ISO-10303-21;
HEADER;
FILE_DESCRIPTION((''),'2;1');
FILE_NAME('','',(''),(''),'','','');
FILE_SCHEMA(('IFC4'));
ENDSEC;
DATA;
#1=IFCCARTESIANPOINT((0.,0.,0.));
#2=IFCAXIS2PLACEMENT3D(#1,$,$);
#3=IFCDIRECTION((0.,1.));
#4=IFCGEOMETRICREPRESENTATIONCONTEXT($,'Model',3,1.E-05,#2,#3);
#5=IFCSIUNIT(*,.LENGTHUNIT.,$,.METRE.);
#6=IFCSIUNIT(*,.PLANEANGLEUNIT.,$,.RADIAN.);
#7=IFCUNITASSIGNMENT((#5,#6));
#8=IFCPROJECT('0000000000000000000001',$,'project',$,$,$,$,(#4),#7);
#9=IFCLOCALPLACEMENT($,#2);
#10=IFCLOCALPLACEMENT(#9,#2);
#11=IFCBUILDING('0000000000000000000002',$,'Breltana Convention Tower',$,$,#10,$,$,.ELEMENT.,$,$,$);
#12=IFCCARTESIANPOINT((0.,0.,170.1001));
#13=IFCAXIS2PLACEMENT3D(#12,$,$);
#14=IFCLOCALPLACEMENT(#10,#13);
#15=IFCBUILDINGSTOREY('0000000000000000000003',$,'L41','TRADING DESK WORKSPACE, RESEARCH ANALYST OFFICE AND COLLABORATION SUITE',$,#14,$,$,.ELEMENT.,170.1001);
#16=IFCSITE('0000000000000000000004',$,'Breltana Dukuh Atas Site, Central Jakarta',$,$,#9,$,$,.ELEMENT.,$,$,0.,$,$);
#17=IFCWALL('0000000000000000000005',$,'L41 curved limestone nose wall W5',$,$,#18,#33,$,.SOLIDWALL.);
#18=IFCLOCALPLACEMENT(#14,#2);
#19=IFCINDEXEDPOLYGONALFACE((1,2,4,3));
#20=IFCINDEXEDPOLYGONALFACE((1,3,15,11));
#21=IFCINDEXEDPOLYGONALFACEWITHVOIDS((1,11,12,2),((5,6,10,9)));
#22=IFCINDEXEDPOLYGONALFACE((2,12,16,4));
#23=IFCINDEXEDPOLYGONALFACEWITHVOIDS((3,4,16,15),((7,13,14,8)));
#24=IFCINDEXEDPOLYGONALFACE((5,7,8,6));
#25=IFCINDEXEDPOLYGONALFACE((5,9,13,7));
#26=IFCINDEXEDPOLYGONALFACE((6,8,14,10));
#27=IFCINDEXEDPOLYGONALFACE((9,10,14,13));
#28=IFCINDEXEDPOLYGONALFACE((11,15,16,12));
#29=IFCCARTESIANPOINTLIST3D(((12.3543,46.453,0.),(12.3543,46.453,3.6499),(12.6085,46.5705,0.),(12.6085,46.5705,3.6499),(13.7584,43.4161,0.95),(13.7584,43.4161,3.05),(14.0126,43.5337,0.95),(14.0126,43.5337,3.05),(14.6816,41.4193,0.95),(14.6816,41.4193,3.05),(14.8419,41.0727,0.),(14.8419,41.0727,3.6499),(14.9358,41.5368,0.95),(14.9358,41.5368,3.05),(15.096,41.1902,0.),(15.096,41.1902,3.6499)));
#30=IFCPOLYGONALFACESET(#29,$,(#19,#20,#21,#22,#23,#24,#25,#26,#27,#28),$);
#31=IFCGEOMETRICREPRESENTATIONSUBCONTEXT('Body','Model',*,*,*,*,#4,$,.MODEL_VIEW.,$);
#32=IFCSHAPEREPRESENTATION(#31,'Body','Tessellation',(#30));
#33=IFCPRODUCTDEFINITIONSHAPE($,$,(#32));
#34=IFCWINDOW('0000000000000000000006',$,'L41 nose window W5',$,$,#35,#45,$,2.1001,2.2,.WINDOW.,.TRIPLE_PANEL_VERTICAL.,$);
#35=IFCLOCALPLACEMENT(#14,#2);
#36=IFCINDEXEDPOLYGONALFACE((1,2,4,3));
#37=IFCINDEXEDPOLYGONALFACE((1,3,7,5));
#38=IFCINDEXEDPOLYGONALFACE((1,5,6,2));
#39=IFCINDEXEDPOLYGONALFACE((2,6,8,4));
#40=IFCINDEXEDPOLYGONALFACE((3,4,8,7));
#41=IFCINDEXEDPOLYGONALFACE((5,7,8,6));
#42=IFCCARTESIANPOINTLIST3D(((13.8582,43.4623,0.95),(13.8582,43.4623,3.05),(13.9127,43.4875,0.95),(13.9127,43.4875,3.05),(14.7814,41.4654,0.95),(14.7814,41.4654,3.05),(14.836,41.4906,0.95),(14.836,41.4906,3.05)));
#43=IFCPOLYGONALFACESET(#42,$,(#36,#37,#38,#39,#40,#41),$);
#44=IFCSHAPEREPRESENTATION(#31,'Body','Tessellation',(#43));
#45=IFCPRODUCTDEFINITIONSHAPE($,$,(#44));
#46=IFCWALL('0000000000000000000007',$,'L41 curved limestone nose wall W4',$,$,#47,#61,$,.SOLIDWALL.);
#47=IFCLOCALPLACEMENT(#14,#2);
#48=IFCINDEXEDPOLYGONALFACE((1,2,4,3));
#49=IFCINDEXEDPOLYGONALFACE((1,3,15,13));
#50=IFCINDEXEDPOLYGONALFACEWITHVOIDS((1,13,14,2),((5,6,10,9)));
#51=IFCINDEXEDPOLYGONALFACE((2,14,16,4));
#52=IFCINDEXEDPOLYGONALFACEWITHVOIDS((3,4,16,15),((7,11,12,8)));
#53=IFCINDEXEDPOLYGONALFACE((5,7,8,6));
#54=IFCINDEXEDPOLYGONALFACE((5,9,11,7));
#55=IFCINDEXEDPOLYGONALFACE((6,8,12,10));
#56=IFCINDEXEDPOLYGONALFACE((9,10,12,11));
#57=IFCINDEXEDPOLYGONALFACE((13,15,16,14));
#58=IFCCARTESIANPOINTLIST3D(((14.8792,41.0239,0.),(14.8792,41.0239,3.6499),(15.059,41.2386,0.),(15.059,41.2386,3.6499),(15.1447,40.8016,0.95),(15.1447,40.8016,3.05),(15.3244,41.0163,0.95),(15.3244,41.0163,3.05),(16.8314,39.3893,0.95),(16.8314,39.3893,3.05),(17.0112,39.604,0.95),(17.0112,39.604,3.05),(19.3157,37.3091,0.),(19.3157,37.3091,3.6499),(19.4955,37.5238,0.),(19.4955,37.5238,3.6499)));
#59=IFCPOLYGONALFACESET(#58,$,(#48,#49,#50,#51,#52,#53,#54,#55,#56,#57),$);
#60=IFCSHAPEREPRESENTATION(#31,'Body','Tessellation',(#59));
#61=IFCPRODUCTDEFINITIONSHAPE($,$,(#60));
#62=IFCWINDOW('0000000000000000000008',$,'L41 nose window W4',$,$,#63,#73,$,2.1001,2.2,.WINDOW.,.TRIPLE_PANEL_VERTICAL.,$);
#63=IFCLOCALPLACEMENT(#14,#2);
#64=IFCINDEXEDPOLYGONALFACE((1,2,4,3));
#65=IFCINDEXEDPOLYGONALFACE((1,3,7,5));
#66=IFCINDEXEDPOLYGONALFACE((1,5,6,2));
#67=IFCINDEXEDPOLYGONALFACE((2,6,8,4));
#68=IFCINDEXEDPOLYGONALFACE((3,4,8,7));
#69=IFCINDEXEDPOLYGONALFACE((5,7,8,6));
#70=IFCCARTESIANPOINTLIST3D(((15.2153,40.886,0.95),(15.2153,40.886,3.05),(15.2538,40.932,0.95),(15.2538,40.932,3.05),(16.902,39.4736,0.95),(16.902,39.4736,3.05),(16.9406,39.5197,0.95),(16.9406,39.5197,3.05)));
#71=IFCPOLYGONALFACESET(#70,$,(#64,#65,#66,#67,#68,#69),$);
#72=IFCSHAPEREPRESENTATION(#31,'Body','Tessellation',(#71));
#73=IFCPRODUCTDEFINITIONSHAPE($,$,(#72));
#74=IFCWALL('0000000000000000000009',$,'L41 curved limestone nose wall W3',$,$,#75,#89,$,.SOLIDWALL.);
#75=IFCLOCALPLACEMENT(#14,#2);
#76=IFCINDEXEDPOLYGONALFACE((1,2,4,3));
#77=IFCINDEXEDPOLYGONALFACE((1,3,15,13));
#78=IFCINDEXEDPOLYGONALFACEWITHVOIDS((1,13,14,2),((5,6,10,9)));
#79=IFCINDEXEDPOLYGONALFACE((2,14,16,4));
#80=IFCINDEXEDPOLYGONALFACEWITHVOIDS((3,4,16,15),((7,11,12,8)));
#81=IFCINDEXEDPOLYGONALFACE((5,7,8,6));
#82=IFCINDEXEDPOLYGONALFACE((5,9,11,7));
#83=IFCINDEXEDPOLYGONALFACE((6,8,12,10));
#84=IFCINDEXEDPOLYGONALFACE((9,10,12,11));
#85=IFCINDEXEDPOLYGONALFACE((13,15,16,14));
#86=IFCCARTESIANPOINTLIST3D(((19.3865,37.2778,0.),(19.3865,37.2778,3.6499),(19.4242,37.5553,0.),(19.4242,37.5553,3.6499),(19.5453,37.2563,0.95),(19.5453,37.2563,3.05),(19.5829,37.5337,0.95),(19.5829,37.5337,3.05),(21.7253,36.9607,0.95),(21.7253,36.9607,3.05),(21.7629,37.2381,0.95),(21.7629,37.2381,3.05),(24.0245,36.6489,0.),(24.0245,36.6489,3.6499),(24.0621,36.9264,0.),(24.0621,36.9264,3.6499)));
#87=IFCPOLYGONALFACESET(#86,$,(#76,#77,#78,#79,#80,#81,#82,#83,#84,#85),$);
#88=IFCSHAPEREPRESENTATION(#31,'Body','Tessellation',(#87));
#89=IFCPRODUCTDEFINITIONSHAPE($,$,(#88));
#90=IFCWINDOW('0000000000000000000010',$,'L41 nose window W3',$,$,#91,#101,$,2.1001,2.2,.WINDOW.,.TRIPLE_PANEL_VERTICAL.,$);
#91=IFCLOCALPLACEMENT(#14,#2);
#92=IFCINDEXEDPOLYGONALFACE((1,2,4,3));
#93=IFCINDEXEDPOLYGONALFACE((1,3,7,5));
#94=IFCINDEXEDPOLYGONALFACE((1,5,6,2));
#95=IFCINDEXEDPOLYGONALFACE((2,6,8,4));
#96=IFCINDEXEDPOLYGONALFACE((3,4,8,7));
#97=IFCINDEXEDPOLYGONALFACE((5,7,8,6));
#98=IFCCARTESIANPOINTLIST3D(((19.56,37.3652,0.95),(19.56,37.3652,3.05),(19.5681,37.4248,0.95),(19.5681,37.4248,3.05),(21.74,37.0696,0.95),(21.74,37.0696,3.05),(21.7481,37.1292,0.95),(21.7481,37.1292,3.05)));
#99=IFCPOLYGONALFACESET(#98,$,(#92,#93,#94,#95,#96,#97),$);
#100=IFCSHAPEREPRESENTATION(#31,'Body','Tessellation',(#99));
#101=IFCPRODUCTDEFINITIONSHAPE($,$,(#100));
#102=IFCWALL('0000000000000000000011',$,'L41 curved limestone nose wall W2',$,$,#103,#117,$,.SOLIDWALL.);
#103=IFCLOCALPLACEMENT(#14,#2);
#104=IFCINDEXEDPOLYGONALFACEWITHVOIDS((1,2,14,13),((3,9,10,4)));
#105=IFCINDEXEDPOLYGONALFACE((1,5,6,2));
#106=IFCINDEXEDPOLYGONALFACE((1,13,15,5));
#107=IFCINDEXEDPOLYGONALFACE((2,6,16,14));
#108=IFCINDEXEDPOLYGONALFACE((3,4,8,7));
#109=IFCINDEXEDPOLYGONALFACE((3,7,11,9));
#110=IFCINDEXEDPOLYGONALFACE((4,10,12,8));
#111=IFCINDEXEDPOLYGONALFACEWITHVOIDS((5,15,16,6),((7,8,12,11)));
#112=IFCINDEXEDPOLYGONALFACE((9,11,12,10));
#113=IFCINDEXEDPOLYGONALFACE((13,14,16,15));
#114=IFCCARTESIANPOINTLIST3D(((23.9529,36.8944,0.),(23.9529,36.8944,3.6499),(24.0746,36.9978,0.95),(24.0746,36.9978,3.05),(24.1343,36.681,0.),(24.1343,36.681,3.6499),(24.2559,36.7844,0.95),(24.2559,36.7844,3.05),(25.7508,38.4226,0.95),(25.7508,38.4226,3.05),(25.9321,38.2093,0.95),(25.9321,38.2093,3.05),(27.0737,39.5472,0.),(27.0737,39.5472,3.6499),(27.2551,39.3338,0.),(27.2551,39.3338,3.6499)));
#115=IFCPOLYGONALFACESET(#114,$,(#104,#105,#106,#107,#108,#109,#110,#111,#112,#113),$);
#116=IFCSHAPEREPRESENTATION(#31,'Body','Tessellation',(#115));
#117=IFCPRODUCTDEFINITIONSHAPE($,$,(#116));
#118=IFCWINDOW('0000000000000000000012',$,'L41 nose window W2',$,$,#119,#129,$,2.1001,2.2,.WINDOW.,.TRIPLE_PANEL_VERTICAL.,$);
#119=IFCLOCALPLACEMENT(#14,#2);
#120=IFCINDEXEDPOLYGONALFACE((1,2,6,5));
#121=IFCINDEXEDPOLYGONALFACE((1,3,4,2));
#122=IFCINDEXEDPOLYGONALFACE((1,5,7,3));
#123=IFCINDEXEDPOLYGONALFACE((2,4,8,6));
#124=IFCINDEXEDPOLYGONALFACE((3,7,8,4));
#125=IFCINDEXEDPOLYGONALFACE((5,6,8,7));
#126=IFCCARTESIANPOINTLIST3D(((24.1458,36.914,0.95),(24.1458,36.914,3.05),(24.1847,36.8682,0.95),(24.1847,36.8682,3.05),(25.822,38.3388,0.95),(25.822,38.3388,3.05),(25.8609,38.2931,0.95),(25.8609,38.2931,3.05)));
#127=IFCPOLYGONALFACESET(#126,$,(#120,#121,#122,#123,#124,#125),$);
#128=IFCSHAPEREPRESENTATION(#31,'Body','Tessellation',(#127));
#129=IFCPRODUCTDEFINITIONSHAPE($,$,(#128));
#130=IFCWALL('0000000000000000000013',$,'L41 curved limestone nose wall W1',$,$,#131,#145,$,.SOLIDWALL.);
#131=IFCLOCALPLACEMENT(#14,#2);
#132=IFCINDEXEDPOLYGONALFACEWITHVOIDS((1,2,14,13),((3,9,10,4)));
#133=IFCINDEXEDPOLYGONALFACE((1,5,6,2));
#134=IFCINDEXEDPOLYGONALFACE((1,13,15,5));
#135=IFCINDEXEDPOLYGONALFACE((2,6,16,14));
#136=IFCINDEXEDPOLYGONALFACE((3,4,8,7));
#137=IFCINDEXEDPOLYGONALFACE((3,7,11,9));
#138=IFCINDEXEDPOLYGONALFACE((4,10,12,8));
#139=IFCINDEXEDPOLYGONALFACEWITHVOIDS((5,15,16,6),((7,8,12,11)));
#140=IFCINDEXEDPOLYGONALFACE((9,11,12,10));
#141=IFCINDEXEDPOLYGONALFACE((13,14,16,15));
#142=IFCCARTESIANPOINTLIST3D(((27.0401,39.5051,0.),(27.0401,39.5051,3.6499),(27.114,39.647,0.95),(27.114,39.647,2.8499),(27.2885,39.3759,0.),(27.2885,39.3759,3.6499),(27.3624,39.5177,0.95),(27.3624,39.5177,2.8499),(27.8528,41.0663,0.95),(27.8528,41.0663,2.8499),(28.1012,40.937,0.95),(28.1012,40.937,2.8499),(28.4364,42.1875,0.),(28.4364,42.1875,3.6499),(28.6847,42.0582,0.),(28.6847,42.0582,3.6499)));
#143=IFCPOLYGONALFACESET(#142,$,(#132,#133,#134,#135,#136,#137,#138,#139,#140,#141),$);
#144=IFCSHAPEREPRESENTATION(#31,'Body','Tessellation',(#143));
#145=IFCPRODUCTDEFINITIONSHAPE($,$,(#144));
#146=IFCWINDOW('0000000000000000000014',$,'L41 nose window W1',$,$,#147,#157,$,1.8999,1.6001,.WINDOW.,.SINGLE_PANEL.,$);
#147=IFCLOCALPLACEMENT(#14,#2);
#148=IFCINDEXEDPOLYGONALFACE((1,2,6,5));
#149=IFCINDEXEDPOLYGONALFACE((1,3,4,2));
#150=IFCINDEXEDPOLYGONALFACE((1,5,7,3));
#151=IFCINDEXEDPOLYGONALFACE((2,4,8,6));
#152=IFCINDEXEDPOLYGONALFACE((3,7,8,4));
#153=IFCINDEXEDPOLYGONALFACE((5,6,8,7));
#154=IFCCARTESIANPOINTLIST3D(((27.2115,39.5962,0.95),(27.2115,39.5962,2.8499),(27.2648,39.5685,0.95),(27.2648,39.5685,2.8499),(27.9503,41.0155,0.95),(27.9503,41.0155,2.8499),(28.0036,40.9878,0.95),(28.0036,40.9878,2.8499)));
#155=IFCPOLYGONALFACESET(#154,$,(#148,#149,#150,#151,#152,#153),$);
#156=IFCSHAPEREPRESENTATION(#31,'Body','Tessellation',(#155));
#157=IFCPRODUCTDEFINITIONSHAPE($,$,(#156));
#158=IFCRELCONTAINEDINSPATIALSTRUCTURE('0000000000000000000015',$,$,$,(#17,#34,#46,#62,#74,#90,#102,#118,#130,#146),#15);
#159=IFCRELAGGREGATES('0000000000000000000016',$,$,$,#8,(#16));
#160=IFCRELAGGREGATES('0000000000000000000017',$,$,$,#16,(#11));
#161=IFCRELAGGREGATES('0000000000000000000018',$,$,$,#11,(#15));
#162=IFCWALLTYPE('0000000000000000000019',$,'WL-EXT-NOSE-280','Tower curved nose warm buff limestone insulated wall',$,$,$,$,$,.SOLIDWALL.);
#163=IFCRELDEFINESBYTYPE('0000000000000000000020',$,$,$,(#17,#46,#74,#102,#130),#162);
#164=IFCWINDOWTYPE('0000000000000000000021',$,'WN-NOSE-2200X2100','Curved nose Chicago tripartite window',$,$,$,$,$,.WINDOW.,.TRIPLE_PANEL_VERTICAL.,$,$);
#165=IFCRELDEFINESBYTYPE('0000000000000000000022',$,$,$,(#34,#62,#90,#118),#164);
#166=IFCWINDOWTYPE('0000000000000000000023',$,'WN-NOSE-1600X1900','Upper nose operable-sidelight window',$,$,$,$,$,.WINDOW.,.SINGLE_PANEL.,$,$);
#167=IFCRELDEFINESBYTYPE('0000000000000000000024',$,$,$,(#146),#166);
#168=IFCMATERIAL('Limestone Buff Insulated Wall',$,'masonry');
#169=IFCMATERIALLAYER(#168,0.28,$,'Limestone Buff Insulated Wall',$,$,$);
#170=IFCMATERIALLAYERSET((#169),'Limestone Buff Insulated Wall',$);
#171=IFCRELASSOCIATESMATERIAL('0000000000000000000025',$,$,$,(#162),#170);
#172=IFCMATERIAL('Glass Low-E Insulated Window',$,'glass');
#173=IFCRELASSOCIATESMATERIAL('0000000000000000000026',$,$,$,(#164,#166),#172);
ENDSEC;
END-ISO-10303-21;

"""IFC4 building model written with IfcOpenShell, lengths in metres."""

from ifc_helpers import new_model, si_unit, direction, frame, frame_2d, origin, place, context, subcontext, project, spatial, rectangle, extrude, source, transform, mapped, material, layer, layer_set, type_object, type_shapes, element, fill, save


model = new_model("IFC4")

# Units and contexts
model_context = context("Model", 3, precision=1e-05, world=origin(), true_north=direction((0.0, 1.0)))
body_context = subcontext(model_context, "Body", "Model", "MODEL_VIEW")
ifc_project = project(units=[si_unit("LENGTHUNIT", "METRE"), si_unit("PLANEANGLEUNIT", "RADIAN")], contexts=[model_context])

# Site, building, storey
site_placement = place(None, origin())
site = spatial("IfcSite", under=ifc_project, at=site_placement, Name="Breltana Dukuh Atas Site, Central Jakarta", CompositionType="ELEMENT", RefElevation=0.0)
building_placement = place(site_placement, origin())
building = spatial("IfcBuilding", under=site, at=building_placement, Name="Breltana Convention Tower", CompositionType="ELEMENT")
storey_placement = place(building_placement, frame((0.0, 0.0, 170.1001)))
storey = spatial("IfcBuildingStorey", under=building, at=storey_placement, Name="L41", Description="TRADING DESK WORKSPACE, RESEARCH ANALYST OFFICE AND COLLABORATION SUITE", CompositionType="ELEMENT", Elevation=170.1001)

# Walls, openings, windows
ifc_material_1 = material(Name="Limestone Buff Insulated Wall", Category="masonry")
ifc_layer_1 = layer(ifc_material_1, 0.28, Name="Limestone Buff Insulated Wall")
ifc_layer_set_1 = layer_set([ifc_layer_1], Name="Limestone Buff Insulated Wall")
wall_type_1 = type_object("IfcWallType", Name="WL-EXT-NOSE-280", Description="Tower curved nose warm buff limestone insulated wall", PredefinedType="SOLIDWALL", material=ifc_layer_set_1)
shared_shape_1 = source(origin(), body_context, "Body", "SweptSolid", [
    extrude(rectangle(XDim=5.9275, YDim=0.28, at=frame_2d((2.9639, 0.0))), origin(), (0.0, 0.0, 1.0), 3.6499),
])
wall_1_placement = place(storey_placement, frame((14.969, 41.1313, 0.0), z_axis=(0.0, 0.0, 1.0), x_axis=(-0.419656, 0.907683, 0.0)))
wall_1 = element("IfcWall", 1, at=wall_1_placement, inside=storey, type_object=wall_type_1, Name="L41 curved limestone nose wall W5", PredefinedType="SOLIDWALL", context=body_context, shape_type="MappedRepresentation", body=[
    mapped(shared_shape_1, transform((0.0, 0.0, 0.0), scale=1.0)),
])
opening_1_placement = place(wall_1_placement, frame((0.3818, 0.0, 0.95)))
opening_1 = element("IfcOpeningElement", 2, at=opening_1_placement, cuts=wall_1, PredefinedType="OPENING", context=body_context, shape_type="SweptSolid", body=[
    extrude(rectangle(XDim=2.2, YDim=2.1001, at=frame_2d((1.1001, 1.05))), frame((0.0, 0.1499, 0.0), z_axis=(0.0, -1.0, 0.0), x_axis=(1.0, 0.0, 0.0)), (0.0, 0.0, 1.0), 0.3),
])
ifc_material_2 = material(Name="Glass Low-E Insulated Window", Category="glass")
window_type_1 = type_object("IfcWindowType", Name="WN-NOSE-2200X2100", Description="Curved nose Chicago tripartite window", PartitioningType="TRIPLE_PANEL_VERTICAL", PredefinedType="WINDOW", material=ifc_material_2)
shared_shape_2 = source(origin(), body_context, "Body", "SweptSolid", [
    extrude(rectangle(XDim=2.2, YDim=2.1001, at=frame_2d((1.1001, 1.05))), frame((0.0, 0.03, 0.0), z_axis=(0.0, -1.0, 0.0), x_axis=(1.0, 0.0, 0.0)), (0.0, 0.0, 1.0), 0.0601),
])
type_shapes(window_type_1, [shared_shape_2])
window_1_placement = place(opening_1_placement, origin())
window_1 = element("IfcWindow", 3, at=window_1_placement, inside=storey, type_object=window_type_1, Name="L41 nose window W5", OverallHeight=2.1001, OverallWidth=2.2, PartitioningType="TRIPLE_PANEL_VERTICAL", PredefinedType="WINDOW", context=body_context, shape_type="MappedRepresentation", body=[
    mapped(shared_shape_2, transform((0.0, 0.0, 0.0), scale=1.0)),
])
fill(opening_1, window_1)
shared_shape_3 = source(origin(), body_context, "Body", "SweptSolid", [
    extrude(rectangle(XDim=5.7864, YDim=0.28, at=frame_2d((2.8931, 0.0))), origin(), (0.0, 0.0, 1.0), 3.6499),
])
wall_2_placement = place(storey_placement, frame((19.4055, 37.4165, 0.0), z_axis=(0.0, 0.0, 1.0), x_axis=(-0.766711, 0.641992, 0.0)))
wall_2 = element("IfcWall", 4, at=wall_2_placement, inside=storey, type_object=wall_type_1, Name="L41 curved limestone nose wall W4", PredefinedType="SOLIDWALL", context=body_context, shape_type="MappedRepresentation", body=[
    mapped(shared_shape_3, transform((0.0, 0.0, 0.0), scale=1.0)),
])
opening_2_placement = place(wall_2_placement, frame((3.24, 0.0, 0.95)))
opening_2 = element("IfcOpeningElement", 5, at=opening_2_placement, cuts=wall_2, PredefinedType="OPENING", context=body_context, shape_type="SweptSolid", body=[
    extrude(rectangle(XDim=2.2, YDim=2.1001, at=frame_2d((1.1001, 1.05))), frame((0.0, 0.1499, 0.0), z_axis=(0.0, -1.0, 0.0), x_axis=(1.0, 0.0, 0.0)), (0.0, 0.0, 1.0), 0.3),
])
window_2_placement = place(opening_2_placement, origin())
window_2 = element("IfcWindow", 6, at=window_2_placement, inside=storey, type_object=window_type_1, Name="L41 nose window W4", OverallHeight=2.1001, OverallWidth=2.2, PartitioningType="TRIPLE_PANEL_VERTICAL", PredefinedType="WINDOW", context=body_context, shape_type="MappedRepresentation", body=[
    mapped(shared_shape_2, transform((0.0, 0.0, 0.0), scale=1.0)),
])
fill(opening_2, window_2)
shared_shape_4 = source(origin(), body_context, "Body", "SweptSolid", [
    extrude(rectangle(XDim=4.6804, YDim=0.28, at=frame_2d((2.3403, 0.0))), origin(), (0.0, 0.0, 1.0), 3.6499),
])
wall_3_placement = place(storey_placement, frame((24.0435, 36.7876, 0.0), z_axis=(0.0, 0.0, 1.0), x_axis=(-0.990931, 0.134371, 0.0)))
wall_3 = element("IfcWall", 7, at=wall_3_placement, inside=storey, type_object=wall_type_1, Name="L41 curved limestone nose wall W3", PredefinedType="SOLIDWALL", context=body_context, shape_type="MappedRepresentation", body=[
    mapped(shared_shape_4, transform((0.0, 0.0, 0.0), scale=1.0)),
])
opening_3_placement = place(wall_3_placement, frame((2.3203, 0.0, 0.95)))
opening_3 = element("IfcOpeningElement", 8, at=opening_3_placement, cuts=wall_3, PredefinedType="OPENING", context=body_context, shape_type="SweptSolid", body=[
    extrude(rectangle(XDim=2.2, YDim=2.1001, at=frame_2d((1.1001, 1.05))), frame((0.0, 0.1499, 0.0), z_axis=(0.0, -1.0, 0.0), x_axis=(1.0, 0.0, 0.0)), (0.0, 0.0, 1.0), 0.3),
])
window_3_placement = place(opening_3_placement, origin())
window_3 = element("IfcWindow", 9, at=window_3_placement, inside=storey, type_object=window_type_1, Name="L41 nose window W3", OverallHeight=2.1001, OverallWidth=2.2, PartitioningType="TRIPLE_PANEL_VERTICAL", PredefinedType="WINDOW", context=body_context, shape_type="MappedRepresentation", body=[
    mapped(shared_shape_2, transform((0.0, 0.0, 0.0), scale=1.0)),
])
fill(opening_3, window_3)
shared_shape_5 = source(origin(), body_context, "Body", "SweptSolid", [
    extrude(rectangle(XDim=4.0959, YDim=0.28, at=frame_2d((2.0479, 0.0))), origin(), (0.0, 0.0, 1.0), 3.6499),
])
wall_4_placement = place(storey_placement, frame((27.1643, 39.4404, 0.0), z_axis=(0.0, 0.0, 1.0), x_axis=(-0.761926, -0.647664, 0.0)))
wall_4 = element("IfcWall", 10, at=wall_4_placement, inside=storey, type_object=wall_type_1, Name="L41 curved limestone nose wall W2", PredefinedType="SOLIDWALL", context=body_context, shape_type="MappedRepresentation", body=[
    mapped(shared_shape_5, transform((0.0, 0.0, 0.0), scale=1.0)),
])
opening_4_placement = place(wall_4_placement, frame((1.7361, 0.0, 0.95)))
opening_4 = element("IfcOpeningElement", 11, at=opening_4_placement, cuts=wall_4, PredefinedType="OPENING", context=body_context, shape_type="SweptSolid", body=[
    extrude(rectangle(XDim=2.2, YDim=2.1001, at=frame_2d((1.1001, 1.05))), frame((0.0, 0.1499, 0.0), z_axis=(0.0, -1.0, 0.0), x_axis=(1.0, 0.0, 0.0)), (0.0, 0.0, 1.0), 0.3),
])
window_4_placement = place(opening_4_placement, origin())
window_4 = element("IfcWindow", 12, at=window_4_placement, inside=storey, type_object=window_type_1, Name="L41 nose window W2", OverallHeight=2.1001, OverallWidth=2.2, PartitioningType="TRIPLE_PANEL_VERTICAL", PredefinedType="WINDOW", context=body_context, shape_type="MappedRepresentation", body=[
    mapped(shared_shape_2, transform((0.0, 0.0, 0.0), scale=1.0)),
])
fill(opening_4, window_4)
shared_shape_6 = source(origin(), body_context, "Body", "SweptSolid", [
    extrude(rectangle(XDim=3.0239, YDim=0.28, at=frame_2d((1.512, 0.0))), origin(), (0.0, 0.0, 1.0), 3.6499),
])
wall_5_placement = place(storey_placement, frame((28.5605, 42.1228, 0.0), z_axis=(0.0, 0.0, 1.0), x_axis=(-0.461719, -0.887026, 0.0)))
wall_5 = element("IfcWall", 13, at=wall_5_placement, inside=storey, type_object=wall_type_1, Name="L41 curved limestone nose wall W1", PredefinedType="SOLIDWALL", context=body_context, shape_type="MappedRepresentation", body=[
    mapped(shared_shape_6, transform((0.0, 0.0, 0.0), scale=1.0)),
])
opening_5_placement = place(wall_5_placement, frame((1.2639, 0.0, 0.95)))
opening_5 = element("IfcOpeningElement", 14, at=opening_5_placement, cuts=wall_5, PredefinedType="OPENING", context=body_context, shape_type="SweptSolid", body=[
    extrude(rectangle(XDim=1.6001, YDim=1.8999, at=frame_2d((0.8, 0.95))), frame((0.0, 0.1499, 0.0), z_axis=(0.0, -1.0, 0.0), x_axis=(1.0, 0.0, 0.0)), (0.0, 0.0, 1.0), 0.3),
])
window_type_2 = type_object("IfcWindowType", Name="WN-NOSE-1600X1900", Description="Upper nose operable-sidelight window", PartitioningType="SINGLE_PANEL", PredefinedType="WINDOW", material=ifc_material_2)
shared_shape_7 = source(origin(), body_context, "Body", "SweptSolid", [
    extrude(rectangle(XDim=1.6001, YDim=1.8999, at=frame_2d((0.8, 0.95))), frame((0.0, 0.03, 0.0), z_axis=(0.0, -1.0, 0.0), x_axis=(1.0, 0.0, 0.0)), (0.0, 0.0, 1.0), 0.0601),
])
type_shapes(window_type_2, [shared_shape_7])
window_5_placement = place(opening_5_placement, origin())
window_5 = element("IfcWindow", 15, at=window_5_placement, inside=storey, type_object=window_type_2, Name="L41 nose window W1", OverallHeight=1.8999, OverallWidth=1.6001, PartitioningType="SINGLE_PANEL", PredefinedType="WINDOW", context=body_context, shape_type="MappedRepresentation", body=[
    mapped(shared_shape_7, transform((0.0, 0.0, 0.0), scale=1.0)),
])
fill(opening_5, window_5)

save(model, "model.ifc")
